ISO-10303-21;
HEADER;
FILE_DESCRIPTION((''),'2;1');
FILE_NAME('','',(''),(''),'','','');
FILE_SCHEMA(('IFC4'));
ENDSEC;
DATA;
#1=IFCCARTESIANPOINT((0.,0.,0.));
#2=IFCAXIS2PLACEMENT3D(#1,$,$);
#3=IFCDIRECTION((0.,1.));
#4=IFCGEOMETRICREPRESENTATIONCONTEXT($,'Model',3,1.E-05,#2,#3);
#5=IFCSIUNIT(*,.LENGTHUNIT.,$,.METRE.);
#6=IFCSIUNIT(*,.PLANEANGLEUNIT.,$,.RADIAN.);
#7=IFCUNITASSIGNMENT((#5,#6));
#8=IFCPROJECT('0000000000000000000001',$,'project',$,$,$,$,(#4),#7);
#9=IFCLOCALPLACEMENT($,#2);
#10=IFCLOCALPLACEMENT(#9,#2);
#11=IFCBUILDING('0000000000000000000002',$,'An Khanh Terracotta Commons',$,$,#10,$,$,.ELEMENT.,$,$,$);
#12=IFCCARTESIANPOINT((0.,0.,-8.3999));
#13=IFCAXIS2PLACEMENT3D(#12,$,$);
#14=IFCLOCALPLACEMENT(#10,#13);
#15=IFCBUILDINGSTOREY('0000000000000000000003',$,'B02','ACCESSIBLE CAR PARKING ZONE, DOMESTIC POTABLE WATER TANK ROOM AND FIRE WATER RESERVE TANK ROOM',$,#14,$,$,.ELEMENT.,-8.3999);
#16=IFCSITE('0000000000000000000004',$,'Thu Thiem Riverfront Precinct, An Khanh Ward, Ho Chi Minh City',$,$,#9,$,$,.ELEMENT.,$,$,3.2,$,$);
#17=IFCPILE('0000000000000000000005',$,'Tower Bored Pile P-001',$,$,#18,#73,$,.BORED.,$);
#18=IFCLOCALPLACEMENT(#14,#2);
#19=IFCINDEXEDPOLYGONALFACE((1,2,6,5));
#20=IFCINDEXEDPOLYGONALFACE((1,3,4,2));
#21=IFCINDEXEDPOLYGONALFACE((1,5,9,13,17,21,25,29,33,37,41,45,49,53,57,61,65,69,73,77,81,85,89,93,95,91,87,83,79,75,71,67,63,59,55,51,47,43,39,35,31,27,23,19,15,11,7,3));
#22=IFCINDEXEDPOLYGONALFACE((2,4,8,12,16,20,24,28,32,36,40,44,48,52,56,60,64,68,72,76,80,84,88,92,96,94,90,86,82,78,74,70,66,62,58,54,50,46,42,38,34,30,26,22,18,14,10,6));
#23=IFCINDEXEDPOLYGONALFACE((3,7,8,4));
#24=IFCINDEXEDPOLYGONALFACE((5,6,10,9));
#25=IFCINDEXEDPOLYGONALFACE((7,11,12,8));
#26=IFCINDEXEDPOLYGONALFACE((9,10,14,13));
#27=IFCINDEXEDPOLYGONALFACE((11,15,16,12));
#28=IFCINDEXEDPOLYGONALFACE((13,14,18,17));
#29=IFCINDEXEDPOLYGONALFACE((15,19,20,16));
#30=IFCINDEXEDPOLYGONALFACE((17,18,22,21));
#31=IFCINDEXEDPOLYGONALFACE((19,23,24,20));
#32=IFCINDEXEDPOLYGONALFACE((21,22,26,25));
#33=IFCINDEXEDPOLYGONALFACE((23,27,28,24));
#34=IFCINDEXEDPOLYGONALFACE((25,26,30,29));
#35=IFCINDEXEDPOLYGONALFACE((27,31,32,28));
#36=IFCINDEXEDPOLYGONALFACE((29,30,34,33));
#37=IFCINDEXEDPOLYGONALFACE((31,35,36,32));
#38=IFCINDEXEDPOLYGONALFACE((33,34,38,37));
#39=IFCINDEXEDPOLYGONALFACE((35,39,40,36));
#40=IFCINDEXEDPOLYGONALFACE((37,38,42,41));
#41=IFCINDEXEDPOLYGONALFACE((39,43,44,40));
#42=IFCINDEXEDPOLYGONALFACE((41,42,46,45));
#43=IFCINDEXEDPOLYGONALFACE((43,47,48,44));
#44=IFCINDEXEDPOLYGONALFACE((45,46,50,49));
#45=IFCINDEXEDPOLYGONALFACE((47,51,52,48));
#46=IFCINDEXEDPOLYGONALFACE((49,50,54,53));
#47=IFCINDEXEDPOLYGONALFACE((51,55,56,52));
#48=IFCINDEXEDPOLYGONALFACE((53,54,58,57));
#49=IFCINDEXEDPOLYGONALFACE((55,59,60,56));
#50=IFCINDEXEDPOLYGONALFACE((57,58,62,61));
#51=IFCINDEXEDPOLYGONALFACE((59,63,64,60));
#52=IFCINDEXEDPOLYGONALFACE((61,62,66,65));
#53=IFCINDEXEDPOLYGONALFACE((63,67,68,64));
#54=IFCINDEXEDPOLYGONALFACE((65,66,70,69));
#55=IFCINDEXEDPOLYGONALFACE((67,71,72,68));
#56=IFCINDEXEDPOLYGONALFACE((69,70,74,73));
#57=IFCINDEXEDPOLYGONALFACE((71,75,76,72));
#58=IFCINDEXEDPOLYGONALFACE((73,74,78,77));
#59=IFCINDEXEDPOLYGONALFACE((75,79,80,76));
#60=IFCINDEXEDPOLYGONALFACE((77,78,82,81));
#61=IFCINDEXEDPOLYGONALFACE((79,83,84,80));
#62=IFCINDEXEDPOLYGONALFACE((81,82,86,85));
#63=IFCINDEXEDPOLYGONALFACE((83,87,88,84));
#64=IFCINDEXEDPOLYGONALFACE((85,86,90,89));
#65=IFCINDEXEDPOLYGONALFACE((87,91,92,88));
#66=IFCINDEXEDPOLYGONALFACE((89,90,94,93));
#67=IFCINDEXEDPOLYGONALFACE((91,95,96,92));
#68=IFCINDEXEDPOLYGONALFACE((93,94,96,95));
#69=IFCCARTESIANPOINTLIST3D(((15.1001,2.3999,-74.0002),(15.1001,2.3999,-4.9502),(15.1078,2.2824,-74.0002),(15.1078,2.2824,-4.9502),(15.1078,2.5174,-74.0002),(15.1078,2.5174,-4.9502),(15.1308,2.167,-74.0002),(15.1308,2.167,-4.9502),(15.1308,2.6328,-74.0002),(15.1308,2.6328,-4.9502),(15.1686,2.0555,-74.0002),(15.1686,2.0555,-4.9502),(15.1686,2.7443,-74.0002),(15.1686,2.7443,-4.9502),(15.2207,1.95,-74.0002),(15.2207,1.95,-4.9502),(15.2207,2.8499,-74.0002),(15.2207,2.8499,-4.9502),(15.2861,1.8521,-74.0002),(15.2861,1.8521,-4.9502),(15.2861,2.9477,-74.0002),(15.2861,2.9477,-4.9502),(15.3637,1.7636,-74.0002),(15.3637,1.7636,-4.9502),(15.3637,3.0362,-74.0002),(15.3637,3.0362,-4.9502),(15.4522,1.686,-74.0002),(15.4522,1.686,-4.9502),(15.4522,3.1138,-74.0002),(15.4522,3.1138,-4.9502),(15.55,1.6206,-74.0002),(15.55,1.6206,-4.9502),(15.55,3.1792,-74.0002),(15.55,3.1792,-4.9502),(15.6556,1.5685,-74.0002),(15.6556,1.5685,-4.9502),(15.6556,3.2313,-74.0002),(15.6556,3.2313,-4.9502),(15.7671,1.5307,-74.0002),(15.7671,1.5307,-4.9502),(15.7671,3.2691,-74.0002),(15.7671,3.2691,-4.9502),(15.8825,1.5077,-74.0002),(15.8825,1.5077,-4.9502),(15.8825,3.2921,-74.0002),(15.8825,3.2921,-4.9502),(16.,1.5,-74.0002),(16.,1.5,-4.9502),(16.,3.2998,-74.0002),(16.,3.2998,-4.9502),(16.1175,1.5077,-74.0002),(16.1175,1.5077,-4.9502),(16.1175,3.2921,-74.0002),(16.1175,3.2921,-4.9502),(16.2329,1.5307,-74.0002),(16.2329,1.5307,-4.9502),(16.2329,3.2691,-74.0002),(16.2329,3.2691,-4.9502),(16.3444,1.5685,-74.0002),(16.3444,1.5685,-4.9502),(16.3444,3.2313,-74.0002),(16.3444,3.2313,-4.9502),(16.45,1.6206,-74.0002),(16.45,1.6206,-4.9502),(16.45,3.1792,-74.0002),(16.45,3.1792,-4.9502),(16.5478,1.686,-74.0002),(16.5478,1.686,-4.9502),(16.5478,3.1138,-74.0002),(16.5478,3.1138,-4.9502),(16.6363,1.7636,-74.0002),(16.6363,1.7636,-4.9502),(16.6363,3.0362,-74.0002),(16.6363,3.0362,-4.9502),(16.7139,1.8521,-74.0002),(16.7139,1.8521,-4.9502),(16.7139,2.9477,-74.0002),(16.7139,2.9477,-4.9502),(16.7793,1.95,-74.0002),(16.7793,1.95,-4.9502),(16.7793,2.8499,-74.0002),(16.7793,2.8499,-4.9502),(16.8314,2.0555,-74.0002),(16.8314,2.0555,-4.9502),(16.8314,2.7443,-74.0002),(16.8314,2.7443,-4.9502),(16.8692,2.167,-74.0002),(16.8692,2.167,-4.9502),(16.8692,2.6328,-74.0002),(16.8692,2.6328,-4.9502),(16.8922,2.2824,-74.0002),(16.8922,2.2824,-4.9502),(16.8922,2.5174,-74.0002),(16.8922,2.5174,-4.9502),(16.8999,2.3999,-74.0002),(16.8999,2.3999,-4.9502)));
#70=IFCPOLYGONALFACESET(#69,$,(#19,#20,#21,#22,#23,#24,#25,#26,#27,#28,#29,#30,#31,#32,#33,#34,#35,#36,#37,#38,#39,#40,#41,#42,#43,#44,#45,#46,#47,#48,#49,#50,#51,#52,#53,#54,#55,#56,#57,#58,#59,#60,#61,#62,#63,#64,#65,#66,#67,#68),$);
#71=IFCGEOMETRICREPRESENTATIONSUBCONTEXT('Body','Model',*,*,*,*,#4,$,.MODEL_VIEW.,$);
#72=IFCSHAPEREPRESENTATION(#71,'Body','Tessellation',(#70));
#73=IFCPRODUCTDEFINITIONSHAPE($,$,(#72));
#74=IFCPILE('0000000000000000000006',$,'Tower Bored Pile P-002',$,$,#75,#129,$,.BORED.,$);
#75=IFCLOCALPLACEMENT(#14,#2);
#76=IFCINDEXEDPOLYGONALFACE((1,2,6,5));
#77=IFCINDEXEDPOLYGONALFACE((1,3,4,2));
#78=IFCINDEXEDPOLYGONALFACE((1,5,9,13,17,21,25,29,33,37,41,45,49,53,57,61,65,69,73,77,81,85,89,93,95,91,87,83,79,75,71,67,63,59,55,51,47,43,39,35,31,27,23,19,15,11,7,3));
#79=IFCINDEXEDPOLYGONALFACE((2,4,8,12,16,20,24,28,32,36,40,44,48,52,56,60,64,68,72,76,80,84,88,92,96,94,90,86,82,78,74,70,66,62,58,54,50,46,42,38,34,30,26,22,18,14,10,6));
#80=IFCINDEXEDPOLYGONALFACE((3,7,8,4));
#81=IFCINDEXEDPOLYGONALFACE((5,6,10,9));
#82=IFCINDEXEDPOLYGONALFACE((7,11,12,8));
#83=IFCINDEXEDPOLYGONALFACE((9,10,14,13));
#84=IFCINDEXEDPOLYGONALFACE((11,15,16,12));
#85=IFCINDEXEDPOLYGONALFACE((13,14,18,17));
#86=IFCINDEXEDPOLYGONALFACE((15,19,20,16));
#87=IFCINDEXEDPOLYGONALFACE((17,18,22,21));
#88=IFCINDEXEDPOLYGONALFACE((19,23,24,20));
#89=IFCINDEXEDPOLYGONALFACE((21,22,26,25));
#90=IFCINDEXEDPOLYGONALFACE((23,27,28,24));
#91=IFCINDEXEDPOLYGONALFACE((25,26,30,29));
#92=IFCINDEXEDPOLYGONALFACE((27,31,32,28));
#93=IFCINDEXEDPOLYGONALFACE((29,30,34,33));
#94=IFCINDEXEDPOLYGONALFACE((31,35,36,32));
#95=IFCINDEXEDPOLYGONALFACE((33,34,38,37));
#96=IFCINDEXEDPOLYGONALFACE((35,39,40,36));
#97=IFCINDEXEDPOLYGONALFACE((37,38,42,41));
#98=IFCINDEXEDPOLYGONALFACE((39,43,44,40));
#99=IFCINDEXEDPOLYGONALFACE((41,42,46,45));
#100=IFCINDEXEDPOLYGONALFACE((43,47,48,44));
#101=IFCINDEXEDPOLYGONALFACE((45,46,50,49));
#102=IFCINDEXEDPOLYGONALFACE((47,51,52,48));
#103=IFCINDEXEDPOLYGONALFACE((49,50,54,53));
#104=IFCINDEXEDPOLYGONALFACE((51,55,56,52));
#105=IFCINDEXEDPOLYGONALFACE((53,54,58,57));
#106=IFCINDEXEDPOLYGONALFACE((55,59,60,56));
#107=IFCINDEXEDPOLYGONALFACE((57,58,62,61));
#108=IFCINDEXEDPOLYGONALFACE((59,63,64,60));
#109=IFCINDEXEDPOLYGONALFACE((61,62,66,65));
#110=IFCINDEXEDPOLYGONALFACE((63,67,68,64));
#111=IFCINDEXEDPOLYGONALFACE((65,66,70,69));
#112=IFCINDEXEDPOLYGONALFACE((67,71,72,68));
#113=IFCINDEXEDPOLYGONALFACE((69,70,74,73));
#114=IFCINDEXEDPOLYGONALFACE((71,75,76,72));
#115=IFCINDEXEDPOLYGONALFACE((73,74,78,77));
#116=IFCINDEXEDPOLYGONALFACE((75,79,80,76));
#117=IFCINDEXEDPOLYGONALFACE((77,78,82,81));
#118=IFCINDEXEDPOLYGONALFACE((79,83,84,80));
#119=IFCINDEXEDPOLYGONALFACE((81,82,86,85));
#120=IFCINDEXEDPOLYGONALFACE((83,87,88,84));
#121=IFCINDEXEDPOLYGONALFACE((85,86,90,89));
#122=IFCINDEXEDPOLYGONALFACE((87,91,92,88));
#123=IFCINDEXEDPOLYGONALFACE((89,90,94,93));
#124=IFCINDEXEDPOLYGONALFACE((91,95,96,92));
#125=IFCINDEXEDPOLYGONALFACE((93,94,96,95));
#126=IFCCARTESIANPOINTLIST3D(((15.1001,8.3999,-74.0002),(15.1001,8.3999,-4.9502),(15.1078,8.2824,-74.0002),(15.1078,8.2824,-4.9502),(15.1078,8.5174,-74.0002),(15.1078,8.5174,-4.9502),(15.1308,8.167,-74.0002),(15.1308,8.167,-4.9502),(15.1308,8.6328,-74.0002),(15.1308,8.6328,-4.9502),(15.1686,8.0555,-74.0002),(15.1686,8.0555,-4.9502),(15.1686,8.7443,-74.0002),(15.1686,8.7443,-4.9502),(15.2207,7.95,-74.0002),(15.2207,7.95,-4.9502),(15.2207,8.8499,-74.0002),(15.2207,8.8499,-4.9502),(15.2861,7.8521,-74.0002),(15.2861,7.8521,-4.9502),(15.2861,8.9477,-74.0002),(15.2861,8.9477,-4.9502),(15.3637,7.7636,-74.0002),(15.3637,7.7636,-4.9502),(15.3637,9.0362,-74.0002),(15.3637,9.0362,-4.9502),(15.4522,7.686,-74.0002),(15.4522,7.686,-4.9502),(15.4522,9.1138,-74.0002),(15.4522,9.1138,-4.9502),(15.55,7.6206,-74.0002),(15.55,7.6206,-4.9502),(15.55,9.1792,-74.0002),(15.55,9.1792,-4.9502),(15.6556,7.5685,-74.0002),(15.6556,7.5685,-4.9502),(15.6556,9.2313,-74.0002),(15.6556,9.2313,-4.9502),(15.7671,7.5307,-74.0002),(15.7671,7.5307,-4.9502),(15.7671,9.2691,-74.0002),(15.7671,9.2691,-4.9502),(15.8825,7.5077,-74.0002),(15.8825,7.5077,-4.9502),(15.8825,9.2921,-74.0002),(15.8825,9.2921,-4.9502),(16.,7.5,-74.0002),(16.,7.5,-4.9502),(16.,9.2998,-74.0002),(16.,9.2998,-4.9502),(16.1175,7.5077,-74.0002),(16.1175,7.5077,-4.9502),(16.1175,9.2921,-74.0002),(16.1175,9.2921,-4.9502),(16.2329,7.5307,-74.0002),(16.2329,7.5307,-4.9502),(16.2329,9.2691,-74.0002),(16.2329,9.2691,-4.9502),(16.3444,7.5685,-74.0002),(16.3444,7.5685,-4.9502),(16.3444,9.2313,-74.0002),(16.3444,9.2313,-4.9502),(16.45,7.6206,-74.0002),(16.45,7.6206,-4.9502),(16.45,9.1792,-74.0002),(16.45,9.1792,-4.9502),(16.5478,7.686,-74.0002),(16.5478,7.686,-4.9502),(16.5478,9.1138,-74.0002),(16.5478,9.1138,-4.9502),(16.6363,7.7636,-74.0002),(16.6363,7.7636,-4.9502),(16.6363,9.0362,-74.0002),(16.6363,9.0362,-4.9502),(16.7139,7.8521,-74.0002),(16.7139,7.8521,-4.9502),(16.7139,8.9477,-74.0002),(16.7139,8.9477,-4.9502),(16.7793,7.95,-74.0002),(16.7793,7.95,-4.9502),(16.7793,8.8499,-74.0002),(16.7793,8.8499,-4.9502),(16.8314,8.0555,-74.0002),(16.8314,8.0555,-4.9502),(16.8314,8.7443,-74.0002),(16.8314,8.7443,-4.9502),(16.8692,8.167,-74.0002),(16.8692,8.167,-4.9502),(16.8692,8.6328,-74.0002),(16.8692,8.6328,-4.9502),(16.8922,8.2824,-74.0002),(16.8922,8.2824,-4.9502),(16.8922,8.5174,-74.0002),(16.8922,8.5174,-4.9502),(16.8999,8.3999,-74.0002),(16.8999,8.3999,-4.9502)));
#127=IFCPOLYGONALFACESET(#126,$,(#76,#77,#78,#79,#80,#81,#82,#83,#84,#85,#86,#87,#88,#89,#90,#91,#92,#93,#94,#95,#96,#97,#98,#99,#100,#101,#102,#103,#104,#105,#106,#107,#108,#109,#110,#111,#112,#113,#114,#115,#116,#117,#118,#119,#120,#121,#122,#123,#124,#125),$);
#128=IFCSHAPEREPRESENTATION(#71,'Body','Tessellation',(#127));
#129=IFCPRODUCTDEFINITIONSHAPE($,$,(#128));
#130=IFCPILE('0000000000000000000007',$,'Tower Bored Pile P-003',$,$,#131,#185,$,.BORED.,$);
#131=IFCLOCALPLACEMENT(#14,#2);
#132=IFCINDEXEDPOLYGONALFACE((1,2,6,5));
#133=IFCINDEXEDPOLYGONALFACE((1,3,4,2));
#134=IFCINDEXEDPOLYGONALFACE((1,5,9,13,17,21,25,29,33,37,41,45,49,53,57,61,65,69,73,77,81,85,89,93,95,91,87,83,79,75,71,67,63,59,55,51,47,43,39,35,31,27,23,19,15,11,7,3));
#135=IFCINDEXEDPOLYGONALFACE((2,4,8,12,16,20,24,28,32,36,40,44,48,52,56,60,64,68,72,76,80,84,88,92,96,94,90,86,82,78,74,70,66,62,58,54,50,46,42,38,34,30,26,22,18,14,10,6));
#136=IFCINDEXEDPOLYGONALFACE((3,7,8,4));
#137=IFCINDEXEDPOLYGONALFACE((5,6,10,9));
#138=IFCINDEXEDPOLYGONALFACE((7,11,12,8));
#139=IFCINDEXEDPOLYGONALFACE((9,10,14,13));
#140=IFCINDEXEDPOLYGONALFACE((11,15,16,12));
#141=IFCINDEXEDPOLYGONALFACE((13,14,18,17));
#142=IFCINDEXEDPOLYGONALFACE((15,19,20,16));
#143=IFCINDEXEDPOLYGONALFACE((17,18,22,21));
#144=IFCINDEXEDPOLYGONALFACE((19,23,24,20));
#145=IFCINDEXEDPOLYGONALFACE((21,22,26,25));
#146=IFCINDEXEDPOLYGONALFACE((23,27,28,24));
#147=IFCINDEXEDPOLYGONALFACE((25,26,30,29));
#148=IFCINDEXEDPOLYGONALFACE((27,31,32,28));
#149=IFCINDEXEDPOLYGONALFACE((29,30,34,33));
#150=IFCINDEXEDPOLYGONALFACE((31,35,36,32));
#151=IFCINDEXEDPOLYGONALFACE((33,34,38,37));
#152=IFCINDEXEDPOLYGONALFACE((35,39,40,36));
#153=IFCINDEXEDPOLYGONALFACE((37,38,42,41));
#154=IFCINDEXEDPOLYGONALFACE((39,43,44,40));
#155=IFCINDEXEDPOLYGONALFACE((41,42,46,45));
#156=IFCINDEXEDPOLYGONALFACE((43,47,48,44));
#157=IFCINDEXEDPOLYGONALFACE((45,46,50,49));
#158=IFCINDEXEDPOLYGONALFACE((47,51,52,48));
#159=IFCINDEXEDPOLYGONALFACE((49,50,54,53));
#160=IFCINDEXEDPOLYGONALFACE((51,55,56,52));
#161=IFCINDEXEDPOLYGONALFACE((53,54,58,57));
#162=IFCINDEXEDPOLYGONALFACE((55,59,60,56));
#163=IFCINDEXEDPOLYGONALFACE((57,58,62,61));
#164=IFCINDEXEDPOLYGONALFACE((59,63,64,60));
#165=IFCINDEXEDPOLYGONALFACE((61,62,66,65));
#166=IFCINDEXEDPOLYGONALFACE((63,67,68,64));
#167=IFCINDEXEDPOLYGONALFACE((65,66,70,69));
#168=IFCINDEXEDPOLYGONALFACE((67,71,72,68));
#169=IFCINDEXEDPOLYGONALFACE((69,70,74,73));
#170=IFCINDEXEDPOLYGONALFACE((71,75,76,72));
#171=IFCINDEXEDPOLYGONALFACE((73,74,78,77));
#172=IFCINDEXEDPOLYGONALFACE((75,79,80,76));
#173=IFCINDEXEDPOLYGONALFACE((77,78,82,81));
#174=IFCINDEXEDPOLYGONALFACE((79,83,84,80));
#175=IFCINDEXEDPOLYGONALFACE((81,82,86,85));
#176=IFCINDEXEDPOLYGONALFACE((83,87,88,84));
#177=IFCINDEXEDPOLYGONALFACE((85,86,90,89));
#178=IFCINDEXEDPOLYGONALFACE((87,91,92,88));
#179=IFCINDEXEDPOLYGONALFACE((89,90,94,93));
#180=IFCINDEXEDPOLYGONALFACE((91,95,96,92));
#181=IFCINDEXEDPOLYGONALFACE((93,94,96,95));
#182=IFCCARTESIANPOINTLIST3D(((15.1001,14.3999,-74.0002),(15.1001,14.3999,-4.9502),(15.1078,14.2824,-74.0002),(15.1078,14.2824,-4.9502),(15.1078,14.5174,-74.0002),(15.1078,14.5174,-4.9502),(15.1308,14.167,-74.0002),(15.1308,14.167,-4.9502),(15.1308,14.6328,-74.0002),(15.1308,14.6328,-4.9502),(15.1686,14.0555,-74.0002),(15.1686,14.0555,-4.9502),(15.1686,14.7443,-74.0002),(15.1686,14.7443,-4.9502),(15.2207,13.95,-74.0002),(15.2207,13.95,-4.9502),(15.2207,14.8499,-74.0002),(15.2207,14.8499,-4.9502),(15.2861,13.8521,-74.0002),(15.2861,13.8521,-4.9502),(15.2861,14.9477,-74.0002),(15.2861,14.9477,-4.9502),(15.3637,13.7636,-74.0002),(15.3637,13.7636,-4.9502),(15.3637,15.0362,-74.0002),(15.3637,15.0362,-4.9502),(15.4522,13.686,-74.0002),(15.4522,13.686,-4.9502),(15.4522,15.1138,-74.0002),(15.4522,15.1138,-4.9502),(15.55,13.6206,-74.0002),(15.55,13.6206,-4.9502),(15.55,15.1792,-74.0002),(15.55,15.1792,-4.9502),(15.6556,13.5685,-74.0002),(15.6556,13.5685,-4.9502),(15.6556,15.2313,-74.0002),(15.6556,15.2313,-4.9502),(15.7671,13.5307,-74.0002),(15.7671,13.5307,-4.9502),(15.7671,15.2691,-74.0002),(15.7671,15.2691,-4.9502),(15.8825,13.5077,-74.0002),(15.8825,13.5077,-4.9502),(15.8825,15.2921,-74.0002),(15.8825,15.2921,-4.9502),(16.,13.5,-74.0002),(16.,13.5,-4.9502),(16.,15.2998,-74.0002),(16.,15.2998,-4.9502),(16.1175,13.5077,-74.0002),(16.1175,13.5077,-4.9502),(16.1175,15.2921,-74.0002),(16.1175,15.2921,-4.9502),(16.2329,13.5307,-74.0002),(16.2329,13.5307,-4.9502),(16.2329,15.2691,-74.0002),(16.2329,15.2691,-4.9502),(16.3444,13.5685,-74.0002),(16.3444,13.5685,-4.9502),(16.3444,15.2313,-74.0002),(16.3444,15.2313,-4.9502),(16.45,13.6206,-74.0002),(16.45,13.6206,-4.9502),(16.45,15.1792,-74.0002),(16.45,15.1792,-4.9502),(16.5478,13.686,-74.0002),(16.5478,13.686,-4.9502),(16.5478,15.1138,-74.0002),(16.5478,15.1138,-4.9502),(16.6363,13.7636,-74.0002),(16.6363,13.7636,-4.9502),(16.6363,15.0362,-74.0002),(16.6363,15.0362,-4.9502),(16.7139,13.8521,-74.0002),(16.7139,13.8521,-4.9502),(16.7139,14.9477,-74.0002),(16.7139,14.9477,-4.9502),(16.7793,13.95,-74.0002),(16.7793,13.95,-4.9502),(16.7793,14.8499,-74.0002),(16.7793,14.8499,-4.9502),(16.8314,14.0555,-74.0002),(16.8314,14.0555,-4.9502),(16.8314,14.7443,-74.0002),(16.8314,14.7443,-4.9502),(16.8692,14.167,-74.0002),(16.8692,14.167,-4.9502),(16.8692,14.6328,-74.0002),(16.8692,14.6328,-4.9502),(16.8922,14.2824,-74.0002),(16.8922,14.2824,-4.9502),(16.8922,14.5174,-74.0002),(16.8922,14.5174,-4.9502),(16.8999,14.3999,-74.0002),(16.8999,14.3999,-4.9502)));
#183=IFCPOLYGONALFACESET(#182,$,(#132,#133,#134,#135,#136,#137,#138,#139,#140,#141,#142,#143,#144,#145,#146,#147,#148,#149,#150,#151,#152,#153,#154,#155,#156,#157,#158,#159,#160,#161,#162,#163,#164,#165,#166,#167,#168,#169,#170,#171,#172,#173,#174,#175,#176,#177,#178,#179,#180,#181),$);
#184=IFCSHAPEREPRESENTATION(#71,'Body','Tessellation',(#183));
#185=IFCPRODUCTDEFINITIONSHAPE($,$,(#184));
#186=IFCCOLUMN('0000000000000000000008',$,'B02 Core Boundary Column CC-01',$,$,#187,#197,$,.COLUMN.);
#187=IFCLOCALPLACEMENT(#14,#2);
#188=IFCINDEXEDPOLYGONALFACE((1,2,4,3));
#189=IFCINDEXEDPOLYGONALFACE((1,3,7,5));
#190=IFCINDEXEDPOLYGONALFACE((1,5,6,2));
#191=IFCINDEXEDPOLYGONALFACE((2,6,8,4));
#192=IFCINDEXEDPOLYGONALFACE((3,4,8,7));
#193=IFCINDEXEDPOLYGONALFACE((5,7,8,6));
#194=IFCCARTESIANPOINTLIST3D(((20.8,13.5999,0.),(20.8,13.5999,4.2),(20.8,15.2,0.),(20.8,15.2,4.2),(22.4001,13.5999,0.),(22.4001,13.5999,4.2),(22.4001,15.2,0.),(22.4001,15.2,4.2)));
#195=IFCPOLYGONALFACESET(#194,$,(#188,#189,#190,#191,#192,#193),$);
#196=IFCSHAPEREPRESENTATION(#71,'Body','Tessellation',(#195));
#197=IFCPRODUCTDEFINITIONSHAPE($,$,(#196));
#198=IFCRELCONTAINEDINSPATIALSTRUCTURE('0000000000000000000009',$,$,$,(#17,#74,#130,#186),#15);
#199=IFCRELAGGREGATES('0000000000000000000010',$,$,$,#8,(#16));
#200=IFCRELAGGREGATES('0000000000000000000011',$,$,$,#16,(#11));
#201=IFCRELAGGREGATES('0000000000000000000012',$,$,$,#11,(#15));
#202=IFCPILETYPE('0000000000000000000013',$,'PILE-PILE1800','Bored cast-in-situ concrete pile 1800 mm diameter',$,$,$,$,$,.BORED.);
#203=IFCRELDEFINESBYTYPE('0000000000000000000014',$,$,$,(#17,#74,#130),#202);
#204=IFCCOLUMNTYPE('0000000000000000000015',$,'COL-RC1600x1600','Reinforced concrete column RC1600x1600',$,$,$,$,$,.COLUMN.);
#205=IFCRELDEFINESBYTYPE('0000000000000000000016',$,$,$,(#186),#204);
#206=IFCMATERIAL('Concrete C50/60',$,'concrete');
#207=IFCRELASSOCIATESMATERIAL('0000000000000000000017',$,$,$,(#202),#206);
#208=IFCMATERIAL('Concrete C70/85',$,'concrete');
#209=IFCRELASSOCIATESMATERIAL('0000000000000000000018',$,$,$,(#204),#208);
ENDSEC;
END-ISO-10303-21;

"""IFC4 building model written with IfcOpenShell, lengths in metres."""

from ifc_helpers import new_model, si_unit, direction, frame, origin, origin_2d, place, context, subcontext, project, spatial, rectangle, circle, extrude, material, material_profile, profile_set, type_object, element, save


model = new_model("IFC4")

# Units and contexts
model_context = context("Model", 3, precision=1e-05, world=origin(), true_north=direction((0.0, 1.0)))
body_context = subcontext(model_context, "Body", "Model", "MODEL_VIEW")
ifc_project = project(units=[si_unit("LENGTHUNIT", "METRE"), si_unit("PLANEANGLEUNIT", "RADIAN")], contexts=[model_context])

# Site, building, storey
site_placement = place(None, origin())
site = spatial("IfcSite", under=ifc_project, at=site_placement, Name="Thu Thiem Riverfront Precinct, An Khanh Ward, Ho Chi Minh City", CompositionType="ELEMENT", RefElevation=3.2)
building_placement = place(site_placement, origin())
building = spatial("IfcBuilding", under=site, at=building_placement, Name="An Khanh Terracotta Commons", CompositionType="ELEMENT")
storey_placement = place(building_placement, frame((0.0, 0.0, -8.3999)))
storey = spatial("IfcBuildingStorey", under=building, at=storey_placement, Name="B02", Description="ACCESSIBLE CAR PARKING ZONE, DOMESTIC POTABLE WATER TANK ROOM AND FIRE WATER RESERVE TANK ROOM", CompositionType="ELEMENT", Elevation=-8.3999)

# Shared definitions
ifc_material_1 = material(Name="Concrete C50/60", Category="concrete")

# Piles
ifc_material_profile_1 = material_profile(ifc_material_1, circle(Radius=0.8999, at=origin_2d()), Name="PILE1800")
ifc_profile_set_1 = profile_set([ifc_material_profile_1], Name="Concrete C50/60")
pile_type_1 = type_object("IfcPileType", Name="PILE-PILE1800", Description="Bored cast-in-situ concrete pile 1800 mm diameter", PredefinedType="BORED", material=ifc_profile_set_1)
for number, where, z_axis, x_axis, name in (
    (1, (16.0, 2.3999, -4.9502), (0.0, 0.0, -1.0), (1.0, 0.0, 0.0), "Tower Bored Pile P-001"),
    (2, (16.0, 8.3999, -4.9502), (0.0, 0.0, -1.0), (1.0, 0.0, 0.0), "Tower Bored Pile P-002"),
    (3, (16.0, 14.3999, -4.9502), (0.0, 0.0, -1.0), (1.0, 0.0, 0.0), "Tower Bored Pile P-003"),
):
    element("IfcPile", number, at=place(storey_placement, frame(where, z_axis=z_axis, x_axis=x_axis)), inside=storey, type_object=pile_type_1, Name=name, PredefinedType="BORED", context=body_context, shape_type="SweptSolid", body=[
        extrude(circle(Radius=0.8999, at=origin_2d()), origin(), (0.0, 0.0, 1.0), 69.05),
    ])

# Column
ifc_material_2 = material(Name="Concrete C70/85", Category="concrete")
ifc_material_profile_2 = material_profile(ifc_material_2, rectangle(XDim=1.6001, YDim=1.6001, at=origin_2d()), Name="RC1600x1600")
ifc_profile_set_2 = profile_set([ifc_material_profile_2], Name="Concrete C70/85")
column_type_1 = type_object("IfcColumnType", Name="COL-RC1600x1600", Description="Reinforced concrete column RC1600x1600", PredefinedType="COLUMN", material=ifc_profile_set_2)
column_placement = place(storey_placement, frame((21.6001, 14.3999, 0.0), z_axis=(0.0, 0.0, 1.0), x_axis=(1.0, 0.0, 0.0)))
element("IfcColumn", 4, at=column_placement, inside=storey, type_object=column_type_1, Name="B02 Core Boundary Column CC-01", PredefinedType="COLUMN", context=body_context, shape_type="SweptSolid", body=[
    extrude(rectangle(XDim=1.6001, YDim=1.6001, at=origin_2d()), origin(), (0.0, 0.0, 1.0), 4.2),
])

save(model, "model.ifc")
